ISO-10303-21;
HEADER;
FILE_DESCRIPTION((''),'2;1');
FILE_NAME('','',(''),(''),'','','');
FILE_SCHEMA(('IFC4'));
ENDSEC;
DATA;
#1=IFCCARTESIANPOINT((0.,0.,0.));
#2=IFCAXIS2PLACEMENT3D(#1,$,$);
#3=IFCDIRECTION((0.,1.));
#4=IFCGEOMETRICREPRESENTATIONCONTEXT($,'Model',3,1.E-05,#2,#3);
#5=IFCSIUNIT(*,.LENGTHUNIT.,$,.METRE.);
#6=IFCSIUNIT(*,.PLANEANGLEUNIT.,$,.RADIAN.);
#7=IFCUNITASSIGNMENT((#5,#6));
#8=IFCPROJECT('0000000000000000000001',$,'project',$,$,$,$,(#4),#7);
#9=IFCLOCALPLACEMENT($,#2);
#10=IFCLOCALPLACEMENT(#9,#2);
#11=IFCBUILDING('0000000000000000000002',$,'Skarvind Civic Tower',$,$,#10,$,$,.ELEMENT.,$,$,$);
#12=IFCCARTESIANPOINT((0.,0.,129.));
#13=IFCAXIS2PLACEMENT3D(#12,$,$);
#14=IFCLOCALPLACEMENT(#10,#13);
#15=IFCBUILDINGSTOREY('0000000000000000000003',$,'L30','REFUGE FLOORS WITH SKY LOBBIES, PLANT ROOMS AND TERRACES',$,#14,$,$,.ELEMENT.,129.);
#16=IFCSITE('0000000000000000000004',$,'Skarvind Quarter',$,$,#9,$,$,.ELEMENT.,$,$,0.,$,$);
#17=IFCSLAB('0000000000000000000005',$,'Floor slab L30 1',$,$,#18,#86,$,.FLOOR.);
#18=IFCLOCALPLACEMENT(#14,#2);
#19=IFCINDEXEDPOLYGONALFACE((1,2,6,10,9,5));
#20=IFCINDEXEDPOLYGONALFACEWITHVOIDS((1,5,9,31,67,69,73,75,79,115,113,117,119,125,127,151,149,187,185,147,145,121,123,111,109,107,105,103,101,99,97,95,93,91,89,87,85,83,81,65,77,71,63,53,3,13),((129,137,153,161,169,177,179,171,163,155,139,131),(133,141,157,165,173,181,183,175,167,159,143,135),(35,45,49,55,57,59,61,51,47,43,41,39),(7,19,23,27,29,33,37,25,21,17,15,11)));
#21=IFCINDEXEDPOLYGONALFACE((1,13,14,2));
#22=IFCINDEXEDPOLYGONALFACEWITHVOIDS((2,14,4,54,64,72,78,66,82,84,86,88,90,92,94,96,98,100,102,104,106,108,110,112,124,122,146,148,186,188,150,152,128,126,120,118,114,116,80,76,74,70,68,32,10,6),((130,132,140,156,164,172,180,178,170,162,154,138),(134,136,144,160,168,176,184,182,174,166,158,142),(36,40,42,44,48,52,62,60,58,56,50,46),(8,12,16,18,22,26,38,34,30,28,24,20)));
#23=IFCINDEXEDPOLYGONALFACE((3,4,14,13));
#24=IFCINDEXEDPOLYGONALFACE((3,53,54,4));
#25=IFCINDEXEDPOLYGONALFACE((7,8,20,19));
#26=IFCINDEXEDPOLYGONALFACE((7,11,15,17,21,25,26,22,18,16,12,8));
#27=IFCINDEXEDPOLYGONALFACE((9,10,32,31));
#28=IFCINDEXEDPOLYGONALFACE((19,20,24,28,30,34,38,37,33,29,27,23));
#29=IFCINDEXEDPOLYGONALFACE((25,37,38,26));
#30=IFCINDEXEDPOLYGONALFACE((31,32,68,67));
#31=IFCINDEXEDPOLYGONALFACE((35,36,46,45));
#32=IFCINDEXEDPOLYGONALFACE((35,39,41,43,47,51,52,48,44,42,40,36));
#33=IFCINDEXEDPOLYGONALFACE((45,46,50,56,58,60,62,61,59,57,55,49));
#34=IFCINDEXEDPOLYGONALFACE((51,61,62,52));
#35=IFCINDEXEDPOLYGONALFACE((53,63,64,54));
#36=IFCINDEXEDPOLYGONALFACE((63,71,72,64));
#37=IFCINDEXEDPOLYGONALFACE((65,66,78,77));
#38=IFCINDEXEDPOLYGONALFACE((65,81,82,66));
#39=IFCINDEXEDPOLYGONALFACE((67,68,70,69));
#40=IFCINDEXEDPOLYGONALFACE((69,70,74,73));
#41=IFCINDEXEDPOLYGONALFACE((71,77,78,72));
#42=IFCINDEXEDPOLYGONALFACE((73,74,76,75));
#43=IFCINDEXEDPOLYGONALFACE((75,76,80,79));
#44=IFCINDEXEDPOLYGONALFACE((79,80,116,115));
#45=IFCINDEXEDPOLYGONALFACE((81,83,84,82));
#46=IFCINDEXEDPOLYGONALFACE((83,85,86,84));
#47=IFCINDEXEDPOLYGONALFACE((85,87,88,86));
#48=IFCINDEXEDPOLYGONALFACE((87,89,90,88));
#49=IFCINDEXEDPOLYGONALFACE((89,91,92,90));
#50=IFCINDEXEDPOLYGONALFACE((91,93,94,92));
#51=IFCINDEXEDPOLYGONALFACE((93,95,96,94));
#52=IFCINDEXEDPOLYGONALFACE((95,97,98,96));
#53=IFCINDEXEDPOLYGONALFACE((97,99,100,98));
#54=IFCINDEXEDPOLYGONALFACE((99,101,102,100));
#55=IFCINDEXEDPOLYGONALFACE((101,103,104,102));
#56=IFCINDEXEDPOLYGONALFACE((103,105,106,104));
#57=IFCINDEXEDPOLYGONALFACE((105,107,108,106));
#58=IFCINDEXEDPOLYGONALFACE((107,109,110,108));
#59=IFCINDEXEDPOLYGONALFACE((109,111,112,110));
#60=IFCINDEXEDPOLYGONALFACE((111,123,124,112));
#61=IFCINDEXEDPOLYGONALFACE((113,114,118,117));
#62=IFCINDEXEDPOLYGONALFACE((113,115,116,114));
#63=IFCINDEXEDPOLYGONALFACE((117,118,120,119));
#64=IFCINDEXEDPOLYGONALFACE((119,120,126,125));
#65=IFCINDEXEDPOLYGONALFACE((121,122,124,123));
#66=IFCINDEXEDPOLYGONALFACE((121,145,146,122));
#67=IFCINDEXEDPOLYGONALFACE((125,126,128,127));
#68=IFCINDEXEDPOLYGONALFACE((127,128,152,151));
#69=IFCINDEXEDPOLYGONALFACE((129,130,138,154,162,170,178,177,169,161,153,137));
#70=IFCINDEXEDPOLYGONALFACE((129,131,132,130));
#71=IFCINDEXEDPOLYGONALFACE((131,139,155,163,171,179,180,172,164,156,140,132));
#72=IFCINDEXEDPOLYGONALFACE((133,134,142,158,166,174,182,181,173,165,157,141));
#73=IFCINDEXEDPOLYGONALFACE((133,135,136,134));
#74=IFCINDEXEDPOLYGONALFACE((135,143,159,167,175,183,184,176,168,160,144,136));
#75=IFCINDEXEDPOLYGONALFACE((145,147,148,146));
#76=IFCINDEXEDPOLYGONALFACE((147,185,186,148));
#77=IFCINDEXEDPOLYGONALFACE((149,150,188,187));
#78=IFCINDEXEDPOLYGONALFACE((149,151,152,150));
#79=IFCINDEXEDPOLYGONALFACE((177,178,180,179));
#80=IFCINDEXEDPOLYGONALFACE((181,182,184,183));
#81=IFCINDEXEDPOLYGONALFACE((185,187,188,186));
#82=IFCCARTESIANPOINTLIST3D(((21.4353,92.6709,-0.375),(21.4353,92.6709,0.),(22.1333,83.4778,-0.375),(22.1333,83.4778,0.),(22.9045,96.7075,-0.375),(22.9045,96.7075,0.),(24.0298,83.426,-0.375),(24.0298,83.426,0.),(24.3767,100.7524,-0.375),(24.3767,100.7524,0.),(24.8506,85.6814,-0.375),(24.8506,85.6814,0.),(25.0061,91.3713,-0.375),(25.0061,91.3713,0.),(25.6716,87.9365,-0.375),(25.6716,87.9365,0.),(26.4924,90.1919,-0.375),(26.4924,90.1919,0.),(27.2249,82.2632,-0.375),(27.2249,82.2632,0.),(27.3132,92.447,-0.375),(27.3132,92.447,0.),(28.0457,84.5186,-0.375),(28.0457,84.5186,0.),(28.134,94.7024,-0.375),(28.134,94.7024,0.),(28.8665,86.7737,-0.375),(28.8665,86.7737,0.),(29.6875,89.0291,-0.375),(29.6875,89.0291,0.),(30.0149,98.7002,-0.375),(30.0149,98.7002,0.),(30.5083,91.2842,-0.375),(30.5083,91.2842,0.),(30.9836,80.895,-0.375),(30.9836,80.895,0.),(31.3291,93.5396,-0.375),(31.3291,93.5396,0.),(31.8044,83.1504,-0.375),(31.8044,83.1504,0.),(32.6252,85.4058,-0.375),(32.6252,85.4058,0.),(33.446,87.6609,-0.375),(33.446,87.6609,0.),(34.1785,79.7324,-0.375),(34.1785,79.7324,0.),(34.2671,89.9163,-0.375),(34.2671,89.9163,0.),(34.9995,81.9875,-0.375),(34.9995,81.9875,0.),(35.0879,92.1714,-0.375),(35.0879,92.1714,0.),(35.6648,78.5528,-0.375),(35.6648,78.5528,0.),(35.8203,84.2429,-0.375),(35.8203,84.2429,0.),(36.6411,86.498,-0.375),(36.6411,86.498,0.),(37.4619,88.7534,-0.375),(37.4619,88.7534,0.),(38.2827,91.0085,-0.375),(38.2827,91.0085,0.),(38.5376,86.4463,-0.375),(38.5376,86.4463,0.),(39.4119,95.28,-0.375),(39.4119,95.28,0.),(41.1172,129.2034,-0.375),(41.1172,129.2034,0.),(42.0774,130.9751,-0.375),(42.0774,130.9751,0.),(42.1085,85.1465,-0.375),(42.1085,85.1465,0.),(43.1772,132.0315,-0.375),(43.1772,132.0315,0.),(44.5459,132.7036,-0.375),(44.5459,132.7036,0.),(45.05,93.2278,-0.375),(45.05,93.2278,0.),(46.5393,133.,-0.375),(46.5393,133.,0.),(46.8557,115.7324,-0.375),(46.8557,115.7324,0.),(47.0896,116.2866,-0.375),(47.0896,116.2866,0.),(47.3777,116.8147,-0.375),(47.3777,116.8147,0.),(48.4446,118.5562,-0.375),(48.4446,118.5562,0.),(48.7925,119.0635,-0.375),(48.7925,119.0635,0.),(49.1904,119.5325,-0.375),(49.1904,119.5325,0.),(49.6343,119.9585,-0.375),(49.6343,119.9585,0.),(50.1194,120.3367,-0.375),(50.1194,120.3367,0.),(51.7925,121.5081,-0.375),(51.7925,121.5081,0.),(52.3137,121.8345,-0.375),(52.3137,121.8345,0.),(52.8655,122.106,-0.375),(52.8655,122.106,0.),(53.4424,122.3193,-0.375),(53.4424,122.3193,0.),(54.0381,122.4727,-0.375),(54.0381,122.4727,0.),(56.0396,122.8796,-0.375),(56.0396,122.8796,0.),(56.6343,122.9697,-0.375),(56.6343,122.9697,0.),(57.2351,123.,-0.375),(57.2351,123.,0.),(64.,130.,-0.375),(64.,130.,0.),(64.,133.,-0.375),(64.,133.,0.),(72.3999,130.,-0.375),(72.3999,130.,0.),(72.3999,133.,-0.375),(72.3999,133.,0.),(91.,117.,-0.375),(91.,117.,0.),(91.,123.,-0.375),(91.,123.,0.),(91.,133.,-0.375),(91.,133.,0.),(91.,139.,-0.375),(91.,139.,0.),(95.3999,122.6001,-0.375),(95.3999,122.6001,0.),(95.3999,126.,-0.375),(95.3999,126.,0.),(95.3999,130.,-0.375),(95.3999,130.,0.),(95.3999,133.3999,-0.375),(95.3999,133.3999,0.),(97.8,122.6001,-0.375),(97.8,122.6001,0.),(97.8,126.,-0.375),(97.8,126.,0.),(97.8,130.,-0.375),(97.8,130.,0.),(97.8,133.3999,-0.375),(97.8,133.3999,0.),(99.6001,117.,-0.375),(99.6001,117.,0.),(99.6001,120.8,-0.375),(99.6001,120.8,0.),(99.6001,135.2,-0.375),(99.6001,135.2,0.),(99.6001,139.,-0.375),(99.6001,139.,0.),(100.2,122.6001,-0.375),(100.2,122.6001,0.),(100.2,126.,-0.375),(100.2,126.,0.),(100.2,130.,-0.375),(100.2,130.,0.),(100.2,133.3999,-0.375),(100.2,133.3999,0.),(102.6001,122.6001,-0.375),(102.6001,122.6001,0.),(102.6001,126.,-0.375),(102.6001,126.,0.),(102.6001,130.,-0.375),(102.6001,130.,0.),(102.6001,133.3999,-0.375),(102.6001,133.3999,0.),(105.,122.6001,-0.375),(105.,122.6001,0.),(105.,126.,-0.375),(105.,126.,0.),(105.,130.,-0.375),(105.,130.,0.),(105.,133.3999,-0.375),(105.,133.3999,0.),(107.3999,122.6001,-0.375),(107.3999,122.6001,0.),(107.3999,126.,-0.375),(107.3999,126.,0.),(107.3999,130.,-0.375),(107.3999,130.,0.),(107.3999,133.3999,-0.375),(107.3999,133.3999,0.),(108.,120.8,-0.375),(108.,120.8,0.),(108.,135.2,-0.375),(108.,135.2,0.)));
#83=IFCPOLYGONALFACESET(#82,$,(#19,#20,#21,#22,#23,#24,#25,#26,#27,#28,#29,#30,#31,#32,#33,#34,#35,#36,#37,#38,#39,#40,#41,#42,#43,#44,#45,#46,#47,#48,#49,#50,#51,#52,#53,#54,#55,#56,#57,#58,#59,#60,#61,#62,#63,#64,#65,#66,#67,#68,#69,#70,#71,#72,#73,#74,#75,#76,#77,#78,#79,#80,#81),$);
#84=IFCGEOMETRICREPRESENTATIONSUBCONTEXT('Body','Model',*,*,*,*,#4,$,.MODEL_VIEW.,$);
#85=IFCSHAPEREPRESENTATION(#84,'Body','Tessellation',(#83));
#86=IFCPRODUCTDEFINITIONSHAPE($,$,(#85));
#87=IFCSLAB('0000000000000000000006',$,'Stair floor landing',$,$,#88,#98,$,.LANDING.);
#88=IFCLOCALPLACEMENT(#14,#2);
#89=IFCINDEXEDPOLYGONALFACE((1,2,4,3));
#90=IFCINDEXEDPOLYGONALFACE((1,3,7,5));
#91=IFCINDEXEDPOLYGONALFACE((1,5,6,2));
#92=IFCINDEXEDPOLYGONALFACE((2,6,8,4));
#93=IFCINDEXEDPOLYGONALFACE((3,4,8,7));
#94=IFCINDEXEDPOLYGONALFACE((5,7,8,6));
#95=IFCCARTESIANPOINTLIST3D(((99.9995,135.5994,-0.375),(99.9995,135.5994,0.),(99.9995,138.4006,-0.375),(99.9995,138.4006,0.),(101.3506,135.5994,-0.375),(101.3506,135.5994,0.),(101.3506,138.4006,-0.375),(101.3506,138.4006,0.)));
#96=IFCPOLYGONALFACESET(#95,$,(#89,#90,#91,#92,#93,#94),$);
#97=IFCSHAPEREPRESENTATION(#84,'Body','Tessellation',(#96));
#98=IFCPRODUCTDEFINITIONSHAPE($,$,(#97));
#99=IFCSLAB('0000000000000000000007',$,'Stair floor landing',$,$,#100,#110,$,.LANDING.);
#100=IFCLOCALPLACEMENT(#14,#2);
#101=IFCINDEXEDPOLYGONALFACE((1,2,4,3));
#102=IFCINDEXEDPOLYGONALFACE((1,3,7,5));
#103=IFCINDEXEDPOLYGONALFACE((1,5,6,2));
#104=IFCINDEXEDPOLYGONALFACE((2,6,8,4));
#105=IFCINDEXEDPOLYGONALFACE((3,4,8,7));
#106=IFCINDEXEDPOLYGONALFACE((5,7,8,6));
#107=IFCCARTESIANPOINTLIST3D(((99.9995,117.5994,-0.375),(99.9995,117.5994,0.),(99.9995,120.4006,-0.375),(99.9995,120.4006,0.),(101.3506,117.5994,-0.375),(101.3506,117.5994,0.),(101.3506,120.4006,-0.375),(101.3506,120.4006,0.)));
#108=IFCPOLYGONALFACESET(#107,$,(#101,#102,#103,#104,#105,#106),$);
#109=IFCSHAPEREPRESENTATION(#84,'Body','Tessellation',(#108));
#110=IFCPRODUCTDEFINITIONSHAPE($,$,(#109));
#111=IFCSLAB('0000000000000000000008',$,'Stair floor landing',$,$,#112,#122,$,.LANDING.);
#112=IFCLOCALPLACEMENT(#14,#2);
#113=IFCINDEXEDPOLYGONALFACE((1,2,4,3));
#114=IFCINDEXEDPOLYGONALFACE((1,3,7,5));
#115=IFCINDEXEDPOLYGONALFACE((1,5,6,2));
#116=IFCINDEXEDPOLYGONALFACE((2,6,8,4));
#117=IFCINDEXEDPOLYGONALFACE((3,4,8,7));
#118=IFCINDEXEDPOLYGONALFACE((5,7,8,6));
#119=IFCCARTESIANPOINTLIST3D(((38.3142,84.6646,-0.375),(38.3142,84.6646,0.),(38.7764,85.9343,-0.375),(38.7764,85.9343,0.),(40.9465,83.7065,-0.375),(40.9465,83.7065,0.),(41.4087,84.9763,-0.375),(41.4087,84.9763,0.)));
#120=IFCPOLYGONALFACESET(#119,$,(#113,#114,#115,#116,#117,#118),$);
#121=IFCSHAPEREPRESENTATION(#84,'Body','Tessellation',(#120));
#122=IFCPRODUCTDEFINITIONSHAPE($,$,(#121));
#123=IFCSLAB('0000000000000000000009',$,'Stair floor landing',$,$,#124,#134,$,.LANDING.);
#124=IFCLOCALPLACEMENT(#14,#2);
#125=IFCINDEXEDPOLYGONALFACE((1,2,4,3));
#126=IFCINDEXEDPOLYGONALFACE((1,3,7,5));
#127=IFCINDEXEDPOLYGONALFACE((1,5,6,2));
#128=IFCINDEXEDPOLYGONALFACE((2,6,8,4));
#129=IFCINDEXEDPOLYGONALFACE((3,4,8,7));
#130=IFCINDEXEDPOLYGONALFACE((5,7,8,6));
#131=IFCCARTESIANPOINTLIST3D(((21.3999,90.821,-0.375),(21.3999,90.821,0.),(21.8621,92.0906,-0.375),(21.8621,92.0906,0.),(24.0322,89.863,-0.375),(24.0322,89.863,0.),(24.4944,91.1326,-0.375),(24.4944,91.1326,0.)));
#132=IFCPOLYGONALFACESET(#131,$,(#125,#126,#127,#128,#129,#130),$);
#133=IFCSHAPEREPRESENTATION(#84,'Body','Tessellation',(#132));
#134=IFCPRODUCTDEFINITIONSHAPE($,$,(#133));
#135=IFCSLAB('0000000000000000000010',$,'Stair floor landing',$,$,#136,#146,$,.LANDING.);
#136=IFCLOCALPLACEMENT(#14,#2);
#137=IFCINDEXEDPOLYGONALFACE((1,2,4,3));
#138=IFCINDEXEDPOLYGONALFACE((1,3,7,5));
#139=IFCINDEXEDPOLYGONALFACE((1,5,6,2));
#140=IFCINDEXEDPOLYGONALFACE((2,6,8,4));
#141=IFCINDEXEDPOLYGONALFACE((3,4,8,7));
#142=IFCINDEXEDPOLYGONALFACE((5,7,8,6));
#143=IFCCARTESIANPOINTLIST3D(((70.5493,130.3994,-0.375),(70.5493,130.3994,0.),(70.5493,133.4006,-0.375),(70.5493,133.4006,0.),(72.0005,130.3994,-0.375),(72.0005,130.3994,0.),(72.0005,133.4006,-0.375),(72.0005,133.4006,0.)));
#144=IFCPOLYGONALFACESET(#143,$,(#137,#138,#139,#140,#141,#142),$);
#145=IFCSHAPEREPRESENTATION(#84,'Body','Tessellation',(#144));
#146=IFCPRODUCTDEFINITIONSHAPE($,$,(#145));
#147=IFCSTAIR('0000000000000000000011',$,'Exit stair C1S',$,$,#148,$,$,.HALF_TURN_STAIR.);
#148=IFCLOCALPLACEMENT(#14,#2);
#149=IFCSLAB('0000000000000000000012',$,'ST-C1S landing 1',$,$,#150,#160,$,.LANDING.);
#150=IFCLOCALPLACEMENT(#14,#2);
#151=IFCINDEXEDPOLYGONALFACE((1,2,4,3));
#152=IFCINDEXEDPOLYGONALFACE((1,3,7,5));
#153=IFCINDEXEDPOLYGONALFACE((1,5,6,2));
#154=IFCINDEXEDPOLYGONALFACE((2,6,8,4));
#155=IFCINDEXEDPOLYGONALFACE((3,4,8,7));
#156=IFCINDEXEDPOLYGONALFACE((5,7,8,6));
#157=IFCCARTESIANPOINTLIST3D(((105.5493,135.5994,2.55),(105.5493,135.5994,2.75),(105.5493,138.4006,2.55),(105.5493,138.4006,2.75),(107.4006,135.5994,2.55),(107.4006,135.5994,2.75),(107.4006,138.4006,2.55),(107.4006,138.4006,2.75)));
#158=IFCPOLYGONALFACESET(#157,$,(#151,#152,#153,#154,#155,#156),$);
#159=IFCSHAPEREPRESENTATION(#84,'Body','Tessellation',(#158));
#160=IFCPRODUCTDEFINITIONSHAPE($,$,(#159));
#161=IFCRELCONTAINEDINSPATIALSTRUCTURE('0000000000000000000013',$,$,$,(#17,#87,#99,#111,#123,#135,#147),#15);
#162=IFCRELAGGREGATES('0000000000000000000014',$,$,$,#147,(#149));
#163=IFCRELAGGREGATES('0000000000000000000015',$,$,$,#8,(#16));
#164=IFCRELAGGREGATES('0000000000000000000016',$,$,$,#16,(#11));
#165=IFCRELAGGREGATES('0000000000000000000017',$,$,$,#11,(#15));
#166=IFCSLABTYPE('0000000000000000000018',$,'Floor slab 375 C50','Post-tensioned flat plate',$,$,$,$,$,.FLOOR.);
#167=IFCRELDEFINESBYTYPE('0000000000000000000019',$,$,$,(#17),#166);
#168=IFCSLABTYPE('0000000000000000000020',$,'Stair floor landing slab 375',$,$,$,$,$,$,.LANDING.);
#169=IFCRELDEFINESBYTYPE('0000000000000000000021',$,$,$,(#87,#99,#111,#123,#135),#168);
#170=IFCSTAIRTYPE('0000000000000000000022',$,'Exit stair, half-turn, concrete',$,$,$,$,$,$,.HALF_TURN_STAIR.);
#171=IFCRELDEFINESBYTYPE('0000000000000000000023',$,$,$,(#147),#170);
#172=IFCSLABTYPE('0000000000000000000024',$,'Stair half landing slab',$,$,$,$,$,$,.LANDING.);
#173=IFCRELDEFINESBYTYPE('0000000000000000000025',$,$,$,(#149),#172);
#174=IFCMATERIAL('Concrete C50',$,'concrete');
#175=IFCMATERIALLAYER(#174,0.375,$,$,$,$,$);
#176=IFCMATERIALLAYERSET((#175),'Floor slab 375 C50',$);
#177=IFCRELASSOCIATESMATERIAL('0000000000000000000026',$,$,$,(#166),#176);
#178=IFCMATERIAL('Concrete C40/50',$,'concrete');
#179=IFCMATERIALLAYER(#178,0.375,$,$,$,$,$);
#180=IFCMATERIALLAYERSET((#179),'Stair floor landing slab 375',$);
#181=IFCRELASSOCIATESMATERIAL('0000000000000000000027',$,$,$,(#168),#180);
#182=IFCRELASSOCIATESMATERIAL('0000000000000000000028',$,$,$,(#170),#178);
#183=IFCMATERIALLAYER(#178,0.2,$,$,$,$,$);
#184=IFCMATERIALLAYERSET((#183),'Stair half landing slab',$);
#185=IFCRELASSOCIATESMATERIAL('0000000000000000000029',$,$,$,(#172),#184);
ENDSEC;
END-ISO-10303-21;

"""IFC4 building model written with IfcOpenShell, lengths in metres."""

from ifc_helpers import new_model, si_unit, direction, frame, origin, place, context, subcontext, project, spatial, polyline, outline, extrude, material, layer, layer_set, type_object, element, aggregate, save


model = new_model("IFC4")

# Units and contexts
model_context = context("Model", 3, precision=1e-05, world=origin(), true_north=direction((0.0, 1.0)))
body_context = subcontext(model_context, "Body", "Model", "MODEL_VIEW")
ifc_project = project(units=[si_unit("LENGTHUNIT", "METRE"), si_unit("PLANEANGLEUNIT", "RADIAN")], contexts=[model_context])

# Site, building, storey
site_placement = place(None, origin())
site = spatial("IfcSite", under=ifc_project, at=site_placement, Name="Skarvind Quarter", CompositionType="ELEMENT", RefElevation=0.0)
building_placement = place(site_placement, origin())
building = spatial("IfcBuilding", under=site, at=building_placement, Name="Skarvind Civic Tower", CompositionType="ELEMENT")
storey_placement = place(building_placement, frame((0.0, 0.0, 129.0)))
storey = spatial("IfcBuildingStorey", under=building, at=storey_placement, Name="L30", Description="REFUGE FLOORS WITH SKY LOBBIES, PLANT ROOMS AND TERRACES", CompositionType="ELEMENT", Elevation=129.0)

# Slabs
ifc_material_1 = material(Name="Concrete C50", Category="concrete")
ifc_layer_1 = layer(ifc_material_1, 0.375)
ifc_layer_set_1 = layer_set([ifc_layer_1], Name="Floor slab 375 C50")
slab_type_1 = type_object("IfcSlabType", Name="Floor slab 375 C50", Description="Post-tensioned flat plate", PredefinedType="FLOOR", material=ifc_layer_set_1)
slab_1_placement = place(storey_placement, frame((0.0, 0.0, -0.375)))
element("IfcSlab", 1, at=slab_1_placement, inside=storey, type_object=slab_type_1, Name="Floor slab L30 1", PredefinedType="FLOOR", context=body_context, shape_type="SweptSolid", body=[
    extrude(outline(polyline([(41.1172, 129.2034), (30.0149, 98.7002), (24.3767, 100.7524), (22.9045, 96.7075), (19.4753, 87.2861), (19.4175, 87.1267), (21.4353, 92.6709), (25.0061, 91.3713), (22.1333, 83.4778), (36.8865, 78.1082), (35.6648, 78.5527), (38.5376, 86.4463), (42.1086, 85.1465), (42.0154, 84.8906), (45.05, 93.2278), (39.4119, 95.28), (46.8557, 115.7324), (47.0896, 116.2866), (47.3777, 116.8147), (48.4446, 118.5562), (48.7925, 119.0635), (49.1904, 119.5325), (49.6343, 119.9585), (50.1194, 120.3367), (51.7925, 121.5081), (52.3137, 121.8345), (52.8655, 122.106), (53.4424, 122.3193), (54.0381, 122.4727), (56.0396, 122.8796), (56.6343, 122.9697), (57.2351, 123.0), (91.0, 123.0), (91.0, 117.0), (99.6001, 117.0), (99.6001, 120.8), (108.0, 120.8), (108.0, 135.2), (99.6001, 135.2), (99.6001, 139.0), (91.0, 139.0), (91.0, 133.0), (72.3999, 133.0), (72.3999, 130.0), (64.0, 130.0), (64.0, 133.0), (46.5393, 133.0), (44.5459, 132.7036), (43.1772, 132.0315), (42.0774, 130.9751), (41.1172, 129.2034)]), holes=[polyline([(32.6252, 85.4058), (32.6252, 85.4058), (33.446, 87.6609), (34.2671, 89.9163), (35.0879, 92.1714), (38.2827, 91.0085), (37.4619, 88.7534), (36.6411, 86.498), (35.8203, 84.2429), (35.8203, 84.2429), (34.9995, 81.9875), (34.1785, 79.7324), (30.9836, 80.895), (31.8044, 83.1504), (32.6252, 85.4058)]), polyline([(25.6716, 87.9365), (25.6716, 87.9365), (26.4924, 90.1919), (27.3132, 92.447), (28.134, 94.7024), (31.3291, 93.5396), (30.5083, 91.2842), (29.6875, 89.0291), (28.8665, 86.7737), (28.8665, 86.7737), (28.0457, 84.5186), (27.2249, 82.2632), (24.0298, 83.426), (24.8506, 85.6814), (25.6716, 87.9365)]), polyline([(100.2, 126.0), (102.6001, 126.0), (105.0, 126.0), (107.3999, 126.0), (107.3999, 122.6001), (105.0, 122.6001), (102.6001, 122.6001), (100.2, 122.6001), (97.8, 122.6001), (95.3999, 122.6001), (95.3999, 126.0), (97.8, 126.0), (100.2, 126.0)]), polyline([(102.6001, 133.3999), (105.0, 133.3999), (107.3999, 133.3999), (107.3999, 130.0), (105.0, 130.0), (102.6001, 130.0), (100.2, 130.0), (97.8, 130.0), (95.3999, 130.0), (95.3999, 133.3999), (97.8, 133.3999), (100.2, 133.3999), (102.6001, 133.3999)])]), origin(), (0.0, 0.0, 1.0), 0.375),
])
ifc_material_2 = material(Name="Concrete C40/50", Category="concrete")
ifc_layer_2 = layer(ifc_material_2, 0.375)
ifc_layer_set_2 = layer_set([ifc_layer_2], Name="Stair floor landing slab 375")
slab_type_2 = type_object("IfcSlabType", Name="Stair floor landing slab 375", PredefinedType="LANDING", material=ifc_layer_set_2)
slab_2_placement = place(storey_placement, frame((0.0, 0.0, -0.375)))
element("IfcSlab", 2, at=slab_2_placement, inside=storey, type_object=slab_type_2, Name="Stair floor landing", PredefinedType="LANDING", context=body_context, shape_type="SweptSolid", body=[
    extrude(outline(polyline([(101.3506, 138.4006), (101.3506, 135.5994), (99.9995, 135.5994), (99.9995, 138.4006), (101.3506, 138.4006)])), origin(), (0.0, 0.0, 1.0), 0.375),
])
slab_3_placement = place(storey_placement, frame((0.0, 0.0, -0.375)))
element("IfcSlab", 3, at=slab_3_placement, inside=storey, type_object=slab_type_2, Name="Stair floor landing", PredefinedType="LANDING", context=body_context, shape_type="SweptSolid", body=[
    extrude(outline(polyline([(101.3506, 120.4006), (101.3506, 117.5994), (99.9995, 117.5994), (99.9995, 120.4006), (101.3506, 120.4006)])), origin(), (0.0, 0.0, 1.0), 0.375),
])
slab_4_placement = place(storey_placement, frame((0.0, 0.0, -0.375)))
element("IfcSlab", 4, at=slab_4_placement, inside=storey, type_object=slab_type_2, Name="Stair floor landing", PredefinedType="LANDING", context=body_context, shape_type="SweptSolid", body=[
    extrude(outline(polyline([(40.9465, 83.7065), (38.3142, 84.6646), (38.7764, 85.9343), (41.4087, 84.9763), (40.9465, 83.7065)])), origin(), (0.0, 0.0, 1.0), 0.375),
])
slab_5_placement = place(storey_placement, frame((0.0, 0.0, -0.375)))
element("IfcSlab", 5, at=slab_5_placement, inside=storey, type_object=slab_type_2, Name="Stair floor landing", PredefinedType="LANDING", context=body_context, shape_type="SweptSolid", body=[
    extrude(outline(polyline([(24.0322, 89.863), (21.3999, 90.821), (21.8621, 92.0906), (24.4944, 91.1326), (24.0322, 89.863)])), origin(), (0.0, 0.0, 1.0), 0.375),
])
slab_6_placement = place(storey_placement, frame((0.0, 0.0, -0.375)))
element("IfcSlab", 6, at=slab_6_placement, inside=storey, type_object=slab_type_2, Name="Stair floor landing", PredefinedType="LANDING", context=body_context, shape_type="SweptSolid", body=[
    extrude(outline(polyline([(70.5493, 130.3994), (70.5493, 133.4006), (72.0005, 133.4006), (72.0005, 130.3994), (70.5493, 130.3994)])), origin(), (0.0, 0.0, 1.0), 0.375),
])

# Stair, slab
stair_type_1 = type_object("IfcStairType", Name="Exit stair, half-turn, concrete", PredefinedType="HALF_TURN_STAIR", material=ifc_material_2)
stair_1_placement = place(storey_placement, origin())
stair_1 = element("IfcStair", 7, at=stair_1_placement, inside=storey, type_object=stair_type_1, Name="Exit stair C1S", PredefinedType="HALF_TURN_STAIR")
ifc_layer_3 = layer(ifc_material_2, 0.2)
ifc_layer_set_3 = layer_set([ifc_layer_3], Name="Stair half landing slab")
slab_type_3 = type_object("IfcSlabType", Name="Stair half landing slab", PredefinedType="LANDING", material=ifc_layer_set_3)
slab_7_placement = place(storey_placement, frame((0.0, 0.0, 2.55)))
slab_7 = element("IfcSlab", 8, at=slab_7_placement, type_object=slab_type_3, Name="ST-C1S landing 1", PredefinedType="LANDING", context=body_context, shape_type="SweptSolid", body=[
    extrude(outline(polyline([(105.5493, 135.5994), (105.5493, 138.4006), (107.4006, 138.4006), (107.4006, 135.5994), (105.5493, 135.5994)])), origin(), (0.0, 0.0, 1.0), 0.2),
])
aggregate(stair_1, [slab_7])

save(model, "model.ifc")
